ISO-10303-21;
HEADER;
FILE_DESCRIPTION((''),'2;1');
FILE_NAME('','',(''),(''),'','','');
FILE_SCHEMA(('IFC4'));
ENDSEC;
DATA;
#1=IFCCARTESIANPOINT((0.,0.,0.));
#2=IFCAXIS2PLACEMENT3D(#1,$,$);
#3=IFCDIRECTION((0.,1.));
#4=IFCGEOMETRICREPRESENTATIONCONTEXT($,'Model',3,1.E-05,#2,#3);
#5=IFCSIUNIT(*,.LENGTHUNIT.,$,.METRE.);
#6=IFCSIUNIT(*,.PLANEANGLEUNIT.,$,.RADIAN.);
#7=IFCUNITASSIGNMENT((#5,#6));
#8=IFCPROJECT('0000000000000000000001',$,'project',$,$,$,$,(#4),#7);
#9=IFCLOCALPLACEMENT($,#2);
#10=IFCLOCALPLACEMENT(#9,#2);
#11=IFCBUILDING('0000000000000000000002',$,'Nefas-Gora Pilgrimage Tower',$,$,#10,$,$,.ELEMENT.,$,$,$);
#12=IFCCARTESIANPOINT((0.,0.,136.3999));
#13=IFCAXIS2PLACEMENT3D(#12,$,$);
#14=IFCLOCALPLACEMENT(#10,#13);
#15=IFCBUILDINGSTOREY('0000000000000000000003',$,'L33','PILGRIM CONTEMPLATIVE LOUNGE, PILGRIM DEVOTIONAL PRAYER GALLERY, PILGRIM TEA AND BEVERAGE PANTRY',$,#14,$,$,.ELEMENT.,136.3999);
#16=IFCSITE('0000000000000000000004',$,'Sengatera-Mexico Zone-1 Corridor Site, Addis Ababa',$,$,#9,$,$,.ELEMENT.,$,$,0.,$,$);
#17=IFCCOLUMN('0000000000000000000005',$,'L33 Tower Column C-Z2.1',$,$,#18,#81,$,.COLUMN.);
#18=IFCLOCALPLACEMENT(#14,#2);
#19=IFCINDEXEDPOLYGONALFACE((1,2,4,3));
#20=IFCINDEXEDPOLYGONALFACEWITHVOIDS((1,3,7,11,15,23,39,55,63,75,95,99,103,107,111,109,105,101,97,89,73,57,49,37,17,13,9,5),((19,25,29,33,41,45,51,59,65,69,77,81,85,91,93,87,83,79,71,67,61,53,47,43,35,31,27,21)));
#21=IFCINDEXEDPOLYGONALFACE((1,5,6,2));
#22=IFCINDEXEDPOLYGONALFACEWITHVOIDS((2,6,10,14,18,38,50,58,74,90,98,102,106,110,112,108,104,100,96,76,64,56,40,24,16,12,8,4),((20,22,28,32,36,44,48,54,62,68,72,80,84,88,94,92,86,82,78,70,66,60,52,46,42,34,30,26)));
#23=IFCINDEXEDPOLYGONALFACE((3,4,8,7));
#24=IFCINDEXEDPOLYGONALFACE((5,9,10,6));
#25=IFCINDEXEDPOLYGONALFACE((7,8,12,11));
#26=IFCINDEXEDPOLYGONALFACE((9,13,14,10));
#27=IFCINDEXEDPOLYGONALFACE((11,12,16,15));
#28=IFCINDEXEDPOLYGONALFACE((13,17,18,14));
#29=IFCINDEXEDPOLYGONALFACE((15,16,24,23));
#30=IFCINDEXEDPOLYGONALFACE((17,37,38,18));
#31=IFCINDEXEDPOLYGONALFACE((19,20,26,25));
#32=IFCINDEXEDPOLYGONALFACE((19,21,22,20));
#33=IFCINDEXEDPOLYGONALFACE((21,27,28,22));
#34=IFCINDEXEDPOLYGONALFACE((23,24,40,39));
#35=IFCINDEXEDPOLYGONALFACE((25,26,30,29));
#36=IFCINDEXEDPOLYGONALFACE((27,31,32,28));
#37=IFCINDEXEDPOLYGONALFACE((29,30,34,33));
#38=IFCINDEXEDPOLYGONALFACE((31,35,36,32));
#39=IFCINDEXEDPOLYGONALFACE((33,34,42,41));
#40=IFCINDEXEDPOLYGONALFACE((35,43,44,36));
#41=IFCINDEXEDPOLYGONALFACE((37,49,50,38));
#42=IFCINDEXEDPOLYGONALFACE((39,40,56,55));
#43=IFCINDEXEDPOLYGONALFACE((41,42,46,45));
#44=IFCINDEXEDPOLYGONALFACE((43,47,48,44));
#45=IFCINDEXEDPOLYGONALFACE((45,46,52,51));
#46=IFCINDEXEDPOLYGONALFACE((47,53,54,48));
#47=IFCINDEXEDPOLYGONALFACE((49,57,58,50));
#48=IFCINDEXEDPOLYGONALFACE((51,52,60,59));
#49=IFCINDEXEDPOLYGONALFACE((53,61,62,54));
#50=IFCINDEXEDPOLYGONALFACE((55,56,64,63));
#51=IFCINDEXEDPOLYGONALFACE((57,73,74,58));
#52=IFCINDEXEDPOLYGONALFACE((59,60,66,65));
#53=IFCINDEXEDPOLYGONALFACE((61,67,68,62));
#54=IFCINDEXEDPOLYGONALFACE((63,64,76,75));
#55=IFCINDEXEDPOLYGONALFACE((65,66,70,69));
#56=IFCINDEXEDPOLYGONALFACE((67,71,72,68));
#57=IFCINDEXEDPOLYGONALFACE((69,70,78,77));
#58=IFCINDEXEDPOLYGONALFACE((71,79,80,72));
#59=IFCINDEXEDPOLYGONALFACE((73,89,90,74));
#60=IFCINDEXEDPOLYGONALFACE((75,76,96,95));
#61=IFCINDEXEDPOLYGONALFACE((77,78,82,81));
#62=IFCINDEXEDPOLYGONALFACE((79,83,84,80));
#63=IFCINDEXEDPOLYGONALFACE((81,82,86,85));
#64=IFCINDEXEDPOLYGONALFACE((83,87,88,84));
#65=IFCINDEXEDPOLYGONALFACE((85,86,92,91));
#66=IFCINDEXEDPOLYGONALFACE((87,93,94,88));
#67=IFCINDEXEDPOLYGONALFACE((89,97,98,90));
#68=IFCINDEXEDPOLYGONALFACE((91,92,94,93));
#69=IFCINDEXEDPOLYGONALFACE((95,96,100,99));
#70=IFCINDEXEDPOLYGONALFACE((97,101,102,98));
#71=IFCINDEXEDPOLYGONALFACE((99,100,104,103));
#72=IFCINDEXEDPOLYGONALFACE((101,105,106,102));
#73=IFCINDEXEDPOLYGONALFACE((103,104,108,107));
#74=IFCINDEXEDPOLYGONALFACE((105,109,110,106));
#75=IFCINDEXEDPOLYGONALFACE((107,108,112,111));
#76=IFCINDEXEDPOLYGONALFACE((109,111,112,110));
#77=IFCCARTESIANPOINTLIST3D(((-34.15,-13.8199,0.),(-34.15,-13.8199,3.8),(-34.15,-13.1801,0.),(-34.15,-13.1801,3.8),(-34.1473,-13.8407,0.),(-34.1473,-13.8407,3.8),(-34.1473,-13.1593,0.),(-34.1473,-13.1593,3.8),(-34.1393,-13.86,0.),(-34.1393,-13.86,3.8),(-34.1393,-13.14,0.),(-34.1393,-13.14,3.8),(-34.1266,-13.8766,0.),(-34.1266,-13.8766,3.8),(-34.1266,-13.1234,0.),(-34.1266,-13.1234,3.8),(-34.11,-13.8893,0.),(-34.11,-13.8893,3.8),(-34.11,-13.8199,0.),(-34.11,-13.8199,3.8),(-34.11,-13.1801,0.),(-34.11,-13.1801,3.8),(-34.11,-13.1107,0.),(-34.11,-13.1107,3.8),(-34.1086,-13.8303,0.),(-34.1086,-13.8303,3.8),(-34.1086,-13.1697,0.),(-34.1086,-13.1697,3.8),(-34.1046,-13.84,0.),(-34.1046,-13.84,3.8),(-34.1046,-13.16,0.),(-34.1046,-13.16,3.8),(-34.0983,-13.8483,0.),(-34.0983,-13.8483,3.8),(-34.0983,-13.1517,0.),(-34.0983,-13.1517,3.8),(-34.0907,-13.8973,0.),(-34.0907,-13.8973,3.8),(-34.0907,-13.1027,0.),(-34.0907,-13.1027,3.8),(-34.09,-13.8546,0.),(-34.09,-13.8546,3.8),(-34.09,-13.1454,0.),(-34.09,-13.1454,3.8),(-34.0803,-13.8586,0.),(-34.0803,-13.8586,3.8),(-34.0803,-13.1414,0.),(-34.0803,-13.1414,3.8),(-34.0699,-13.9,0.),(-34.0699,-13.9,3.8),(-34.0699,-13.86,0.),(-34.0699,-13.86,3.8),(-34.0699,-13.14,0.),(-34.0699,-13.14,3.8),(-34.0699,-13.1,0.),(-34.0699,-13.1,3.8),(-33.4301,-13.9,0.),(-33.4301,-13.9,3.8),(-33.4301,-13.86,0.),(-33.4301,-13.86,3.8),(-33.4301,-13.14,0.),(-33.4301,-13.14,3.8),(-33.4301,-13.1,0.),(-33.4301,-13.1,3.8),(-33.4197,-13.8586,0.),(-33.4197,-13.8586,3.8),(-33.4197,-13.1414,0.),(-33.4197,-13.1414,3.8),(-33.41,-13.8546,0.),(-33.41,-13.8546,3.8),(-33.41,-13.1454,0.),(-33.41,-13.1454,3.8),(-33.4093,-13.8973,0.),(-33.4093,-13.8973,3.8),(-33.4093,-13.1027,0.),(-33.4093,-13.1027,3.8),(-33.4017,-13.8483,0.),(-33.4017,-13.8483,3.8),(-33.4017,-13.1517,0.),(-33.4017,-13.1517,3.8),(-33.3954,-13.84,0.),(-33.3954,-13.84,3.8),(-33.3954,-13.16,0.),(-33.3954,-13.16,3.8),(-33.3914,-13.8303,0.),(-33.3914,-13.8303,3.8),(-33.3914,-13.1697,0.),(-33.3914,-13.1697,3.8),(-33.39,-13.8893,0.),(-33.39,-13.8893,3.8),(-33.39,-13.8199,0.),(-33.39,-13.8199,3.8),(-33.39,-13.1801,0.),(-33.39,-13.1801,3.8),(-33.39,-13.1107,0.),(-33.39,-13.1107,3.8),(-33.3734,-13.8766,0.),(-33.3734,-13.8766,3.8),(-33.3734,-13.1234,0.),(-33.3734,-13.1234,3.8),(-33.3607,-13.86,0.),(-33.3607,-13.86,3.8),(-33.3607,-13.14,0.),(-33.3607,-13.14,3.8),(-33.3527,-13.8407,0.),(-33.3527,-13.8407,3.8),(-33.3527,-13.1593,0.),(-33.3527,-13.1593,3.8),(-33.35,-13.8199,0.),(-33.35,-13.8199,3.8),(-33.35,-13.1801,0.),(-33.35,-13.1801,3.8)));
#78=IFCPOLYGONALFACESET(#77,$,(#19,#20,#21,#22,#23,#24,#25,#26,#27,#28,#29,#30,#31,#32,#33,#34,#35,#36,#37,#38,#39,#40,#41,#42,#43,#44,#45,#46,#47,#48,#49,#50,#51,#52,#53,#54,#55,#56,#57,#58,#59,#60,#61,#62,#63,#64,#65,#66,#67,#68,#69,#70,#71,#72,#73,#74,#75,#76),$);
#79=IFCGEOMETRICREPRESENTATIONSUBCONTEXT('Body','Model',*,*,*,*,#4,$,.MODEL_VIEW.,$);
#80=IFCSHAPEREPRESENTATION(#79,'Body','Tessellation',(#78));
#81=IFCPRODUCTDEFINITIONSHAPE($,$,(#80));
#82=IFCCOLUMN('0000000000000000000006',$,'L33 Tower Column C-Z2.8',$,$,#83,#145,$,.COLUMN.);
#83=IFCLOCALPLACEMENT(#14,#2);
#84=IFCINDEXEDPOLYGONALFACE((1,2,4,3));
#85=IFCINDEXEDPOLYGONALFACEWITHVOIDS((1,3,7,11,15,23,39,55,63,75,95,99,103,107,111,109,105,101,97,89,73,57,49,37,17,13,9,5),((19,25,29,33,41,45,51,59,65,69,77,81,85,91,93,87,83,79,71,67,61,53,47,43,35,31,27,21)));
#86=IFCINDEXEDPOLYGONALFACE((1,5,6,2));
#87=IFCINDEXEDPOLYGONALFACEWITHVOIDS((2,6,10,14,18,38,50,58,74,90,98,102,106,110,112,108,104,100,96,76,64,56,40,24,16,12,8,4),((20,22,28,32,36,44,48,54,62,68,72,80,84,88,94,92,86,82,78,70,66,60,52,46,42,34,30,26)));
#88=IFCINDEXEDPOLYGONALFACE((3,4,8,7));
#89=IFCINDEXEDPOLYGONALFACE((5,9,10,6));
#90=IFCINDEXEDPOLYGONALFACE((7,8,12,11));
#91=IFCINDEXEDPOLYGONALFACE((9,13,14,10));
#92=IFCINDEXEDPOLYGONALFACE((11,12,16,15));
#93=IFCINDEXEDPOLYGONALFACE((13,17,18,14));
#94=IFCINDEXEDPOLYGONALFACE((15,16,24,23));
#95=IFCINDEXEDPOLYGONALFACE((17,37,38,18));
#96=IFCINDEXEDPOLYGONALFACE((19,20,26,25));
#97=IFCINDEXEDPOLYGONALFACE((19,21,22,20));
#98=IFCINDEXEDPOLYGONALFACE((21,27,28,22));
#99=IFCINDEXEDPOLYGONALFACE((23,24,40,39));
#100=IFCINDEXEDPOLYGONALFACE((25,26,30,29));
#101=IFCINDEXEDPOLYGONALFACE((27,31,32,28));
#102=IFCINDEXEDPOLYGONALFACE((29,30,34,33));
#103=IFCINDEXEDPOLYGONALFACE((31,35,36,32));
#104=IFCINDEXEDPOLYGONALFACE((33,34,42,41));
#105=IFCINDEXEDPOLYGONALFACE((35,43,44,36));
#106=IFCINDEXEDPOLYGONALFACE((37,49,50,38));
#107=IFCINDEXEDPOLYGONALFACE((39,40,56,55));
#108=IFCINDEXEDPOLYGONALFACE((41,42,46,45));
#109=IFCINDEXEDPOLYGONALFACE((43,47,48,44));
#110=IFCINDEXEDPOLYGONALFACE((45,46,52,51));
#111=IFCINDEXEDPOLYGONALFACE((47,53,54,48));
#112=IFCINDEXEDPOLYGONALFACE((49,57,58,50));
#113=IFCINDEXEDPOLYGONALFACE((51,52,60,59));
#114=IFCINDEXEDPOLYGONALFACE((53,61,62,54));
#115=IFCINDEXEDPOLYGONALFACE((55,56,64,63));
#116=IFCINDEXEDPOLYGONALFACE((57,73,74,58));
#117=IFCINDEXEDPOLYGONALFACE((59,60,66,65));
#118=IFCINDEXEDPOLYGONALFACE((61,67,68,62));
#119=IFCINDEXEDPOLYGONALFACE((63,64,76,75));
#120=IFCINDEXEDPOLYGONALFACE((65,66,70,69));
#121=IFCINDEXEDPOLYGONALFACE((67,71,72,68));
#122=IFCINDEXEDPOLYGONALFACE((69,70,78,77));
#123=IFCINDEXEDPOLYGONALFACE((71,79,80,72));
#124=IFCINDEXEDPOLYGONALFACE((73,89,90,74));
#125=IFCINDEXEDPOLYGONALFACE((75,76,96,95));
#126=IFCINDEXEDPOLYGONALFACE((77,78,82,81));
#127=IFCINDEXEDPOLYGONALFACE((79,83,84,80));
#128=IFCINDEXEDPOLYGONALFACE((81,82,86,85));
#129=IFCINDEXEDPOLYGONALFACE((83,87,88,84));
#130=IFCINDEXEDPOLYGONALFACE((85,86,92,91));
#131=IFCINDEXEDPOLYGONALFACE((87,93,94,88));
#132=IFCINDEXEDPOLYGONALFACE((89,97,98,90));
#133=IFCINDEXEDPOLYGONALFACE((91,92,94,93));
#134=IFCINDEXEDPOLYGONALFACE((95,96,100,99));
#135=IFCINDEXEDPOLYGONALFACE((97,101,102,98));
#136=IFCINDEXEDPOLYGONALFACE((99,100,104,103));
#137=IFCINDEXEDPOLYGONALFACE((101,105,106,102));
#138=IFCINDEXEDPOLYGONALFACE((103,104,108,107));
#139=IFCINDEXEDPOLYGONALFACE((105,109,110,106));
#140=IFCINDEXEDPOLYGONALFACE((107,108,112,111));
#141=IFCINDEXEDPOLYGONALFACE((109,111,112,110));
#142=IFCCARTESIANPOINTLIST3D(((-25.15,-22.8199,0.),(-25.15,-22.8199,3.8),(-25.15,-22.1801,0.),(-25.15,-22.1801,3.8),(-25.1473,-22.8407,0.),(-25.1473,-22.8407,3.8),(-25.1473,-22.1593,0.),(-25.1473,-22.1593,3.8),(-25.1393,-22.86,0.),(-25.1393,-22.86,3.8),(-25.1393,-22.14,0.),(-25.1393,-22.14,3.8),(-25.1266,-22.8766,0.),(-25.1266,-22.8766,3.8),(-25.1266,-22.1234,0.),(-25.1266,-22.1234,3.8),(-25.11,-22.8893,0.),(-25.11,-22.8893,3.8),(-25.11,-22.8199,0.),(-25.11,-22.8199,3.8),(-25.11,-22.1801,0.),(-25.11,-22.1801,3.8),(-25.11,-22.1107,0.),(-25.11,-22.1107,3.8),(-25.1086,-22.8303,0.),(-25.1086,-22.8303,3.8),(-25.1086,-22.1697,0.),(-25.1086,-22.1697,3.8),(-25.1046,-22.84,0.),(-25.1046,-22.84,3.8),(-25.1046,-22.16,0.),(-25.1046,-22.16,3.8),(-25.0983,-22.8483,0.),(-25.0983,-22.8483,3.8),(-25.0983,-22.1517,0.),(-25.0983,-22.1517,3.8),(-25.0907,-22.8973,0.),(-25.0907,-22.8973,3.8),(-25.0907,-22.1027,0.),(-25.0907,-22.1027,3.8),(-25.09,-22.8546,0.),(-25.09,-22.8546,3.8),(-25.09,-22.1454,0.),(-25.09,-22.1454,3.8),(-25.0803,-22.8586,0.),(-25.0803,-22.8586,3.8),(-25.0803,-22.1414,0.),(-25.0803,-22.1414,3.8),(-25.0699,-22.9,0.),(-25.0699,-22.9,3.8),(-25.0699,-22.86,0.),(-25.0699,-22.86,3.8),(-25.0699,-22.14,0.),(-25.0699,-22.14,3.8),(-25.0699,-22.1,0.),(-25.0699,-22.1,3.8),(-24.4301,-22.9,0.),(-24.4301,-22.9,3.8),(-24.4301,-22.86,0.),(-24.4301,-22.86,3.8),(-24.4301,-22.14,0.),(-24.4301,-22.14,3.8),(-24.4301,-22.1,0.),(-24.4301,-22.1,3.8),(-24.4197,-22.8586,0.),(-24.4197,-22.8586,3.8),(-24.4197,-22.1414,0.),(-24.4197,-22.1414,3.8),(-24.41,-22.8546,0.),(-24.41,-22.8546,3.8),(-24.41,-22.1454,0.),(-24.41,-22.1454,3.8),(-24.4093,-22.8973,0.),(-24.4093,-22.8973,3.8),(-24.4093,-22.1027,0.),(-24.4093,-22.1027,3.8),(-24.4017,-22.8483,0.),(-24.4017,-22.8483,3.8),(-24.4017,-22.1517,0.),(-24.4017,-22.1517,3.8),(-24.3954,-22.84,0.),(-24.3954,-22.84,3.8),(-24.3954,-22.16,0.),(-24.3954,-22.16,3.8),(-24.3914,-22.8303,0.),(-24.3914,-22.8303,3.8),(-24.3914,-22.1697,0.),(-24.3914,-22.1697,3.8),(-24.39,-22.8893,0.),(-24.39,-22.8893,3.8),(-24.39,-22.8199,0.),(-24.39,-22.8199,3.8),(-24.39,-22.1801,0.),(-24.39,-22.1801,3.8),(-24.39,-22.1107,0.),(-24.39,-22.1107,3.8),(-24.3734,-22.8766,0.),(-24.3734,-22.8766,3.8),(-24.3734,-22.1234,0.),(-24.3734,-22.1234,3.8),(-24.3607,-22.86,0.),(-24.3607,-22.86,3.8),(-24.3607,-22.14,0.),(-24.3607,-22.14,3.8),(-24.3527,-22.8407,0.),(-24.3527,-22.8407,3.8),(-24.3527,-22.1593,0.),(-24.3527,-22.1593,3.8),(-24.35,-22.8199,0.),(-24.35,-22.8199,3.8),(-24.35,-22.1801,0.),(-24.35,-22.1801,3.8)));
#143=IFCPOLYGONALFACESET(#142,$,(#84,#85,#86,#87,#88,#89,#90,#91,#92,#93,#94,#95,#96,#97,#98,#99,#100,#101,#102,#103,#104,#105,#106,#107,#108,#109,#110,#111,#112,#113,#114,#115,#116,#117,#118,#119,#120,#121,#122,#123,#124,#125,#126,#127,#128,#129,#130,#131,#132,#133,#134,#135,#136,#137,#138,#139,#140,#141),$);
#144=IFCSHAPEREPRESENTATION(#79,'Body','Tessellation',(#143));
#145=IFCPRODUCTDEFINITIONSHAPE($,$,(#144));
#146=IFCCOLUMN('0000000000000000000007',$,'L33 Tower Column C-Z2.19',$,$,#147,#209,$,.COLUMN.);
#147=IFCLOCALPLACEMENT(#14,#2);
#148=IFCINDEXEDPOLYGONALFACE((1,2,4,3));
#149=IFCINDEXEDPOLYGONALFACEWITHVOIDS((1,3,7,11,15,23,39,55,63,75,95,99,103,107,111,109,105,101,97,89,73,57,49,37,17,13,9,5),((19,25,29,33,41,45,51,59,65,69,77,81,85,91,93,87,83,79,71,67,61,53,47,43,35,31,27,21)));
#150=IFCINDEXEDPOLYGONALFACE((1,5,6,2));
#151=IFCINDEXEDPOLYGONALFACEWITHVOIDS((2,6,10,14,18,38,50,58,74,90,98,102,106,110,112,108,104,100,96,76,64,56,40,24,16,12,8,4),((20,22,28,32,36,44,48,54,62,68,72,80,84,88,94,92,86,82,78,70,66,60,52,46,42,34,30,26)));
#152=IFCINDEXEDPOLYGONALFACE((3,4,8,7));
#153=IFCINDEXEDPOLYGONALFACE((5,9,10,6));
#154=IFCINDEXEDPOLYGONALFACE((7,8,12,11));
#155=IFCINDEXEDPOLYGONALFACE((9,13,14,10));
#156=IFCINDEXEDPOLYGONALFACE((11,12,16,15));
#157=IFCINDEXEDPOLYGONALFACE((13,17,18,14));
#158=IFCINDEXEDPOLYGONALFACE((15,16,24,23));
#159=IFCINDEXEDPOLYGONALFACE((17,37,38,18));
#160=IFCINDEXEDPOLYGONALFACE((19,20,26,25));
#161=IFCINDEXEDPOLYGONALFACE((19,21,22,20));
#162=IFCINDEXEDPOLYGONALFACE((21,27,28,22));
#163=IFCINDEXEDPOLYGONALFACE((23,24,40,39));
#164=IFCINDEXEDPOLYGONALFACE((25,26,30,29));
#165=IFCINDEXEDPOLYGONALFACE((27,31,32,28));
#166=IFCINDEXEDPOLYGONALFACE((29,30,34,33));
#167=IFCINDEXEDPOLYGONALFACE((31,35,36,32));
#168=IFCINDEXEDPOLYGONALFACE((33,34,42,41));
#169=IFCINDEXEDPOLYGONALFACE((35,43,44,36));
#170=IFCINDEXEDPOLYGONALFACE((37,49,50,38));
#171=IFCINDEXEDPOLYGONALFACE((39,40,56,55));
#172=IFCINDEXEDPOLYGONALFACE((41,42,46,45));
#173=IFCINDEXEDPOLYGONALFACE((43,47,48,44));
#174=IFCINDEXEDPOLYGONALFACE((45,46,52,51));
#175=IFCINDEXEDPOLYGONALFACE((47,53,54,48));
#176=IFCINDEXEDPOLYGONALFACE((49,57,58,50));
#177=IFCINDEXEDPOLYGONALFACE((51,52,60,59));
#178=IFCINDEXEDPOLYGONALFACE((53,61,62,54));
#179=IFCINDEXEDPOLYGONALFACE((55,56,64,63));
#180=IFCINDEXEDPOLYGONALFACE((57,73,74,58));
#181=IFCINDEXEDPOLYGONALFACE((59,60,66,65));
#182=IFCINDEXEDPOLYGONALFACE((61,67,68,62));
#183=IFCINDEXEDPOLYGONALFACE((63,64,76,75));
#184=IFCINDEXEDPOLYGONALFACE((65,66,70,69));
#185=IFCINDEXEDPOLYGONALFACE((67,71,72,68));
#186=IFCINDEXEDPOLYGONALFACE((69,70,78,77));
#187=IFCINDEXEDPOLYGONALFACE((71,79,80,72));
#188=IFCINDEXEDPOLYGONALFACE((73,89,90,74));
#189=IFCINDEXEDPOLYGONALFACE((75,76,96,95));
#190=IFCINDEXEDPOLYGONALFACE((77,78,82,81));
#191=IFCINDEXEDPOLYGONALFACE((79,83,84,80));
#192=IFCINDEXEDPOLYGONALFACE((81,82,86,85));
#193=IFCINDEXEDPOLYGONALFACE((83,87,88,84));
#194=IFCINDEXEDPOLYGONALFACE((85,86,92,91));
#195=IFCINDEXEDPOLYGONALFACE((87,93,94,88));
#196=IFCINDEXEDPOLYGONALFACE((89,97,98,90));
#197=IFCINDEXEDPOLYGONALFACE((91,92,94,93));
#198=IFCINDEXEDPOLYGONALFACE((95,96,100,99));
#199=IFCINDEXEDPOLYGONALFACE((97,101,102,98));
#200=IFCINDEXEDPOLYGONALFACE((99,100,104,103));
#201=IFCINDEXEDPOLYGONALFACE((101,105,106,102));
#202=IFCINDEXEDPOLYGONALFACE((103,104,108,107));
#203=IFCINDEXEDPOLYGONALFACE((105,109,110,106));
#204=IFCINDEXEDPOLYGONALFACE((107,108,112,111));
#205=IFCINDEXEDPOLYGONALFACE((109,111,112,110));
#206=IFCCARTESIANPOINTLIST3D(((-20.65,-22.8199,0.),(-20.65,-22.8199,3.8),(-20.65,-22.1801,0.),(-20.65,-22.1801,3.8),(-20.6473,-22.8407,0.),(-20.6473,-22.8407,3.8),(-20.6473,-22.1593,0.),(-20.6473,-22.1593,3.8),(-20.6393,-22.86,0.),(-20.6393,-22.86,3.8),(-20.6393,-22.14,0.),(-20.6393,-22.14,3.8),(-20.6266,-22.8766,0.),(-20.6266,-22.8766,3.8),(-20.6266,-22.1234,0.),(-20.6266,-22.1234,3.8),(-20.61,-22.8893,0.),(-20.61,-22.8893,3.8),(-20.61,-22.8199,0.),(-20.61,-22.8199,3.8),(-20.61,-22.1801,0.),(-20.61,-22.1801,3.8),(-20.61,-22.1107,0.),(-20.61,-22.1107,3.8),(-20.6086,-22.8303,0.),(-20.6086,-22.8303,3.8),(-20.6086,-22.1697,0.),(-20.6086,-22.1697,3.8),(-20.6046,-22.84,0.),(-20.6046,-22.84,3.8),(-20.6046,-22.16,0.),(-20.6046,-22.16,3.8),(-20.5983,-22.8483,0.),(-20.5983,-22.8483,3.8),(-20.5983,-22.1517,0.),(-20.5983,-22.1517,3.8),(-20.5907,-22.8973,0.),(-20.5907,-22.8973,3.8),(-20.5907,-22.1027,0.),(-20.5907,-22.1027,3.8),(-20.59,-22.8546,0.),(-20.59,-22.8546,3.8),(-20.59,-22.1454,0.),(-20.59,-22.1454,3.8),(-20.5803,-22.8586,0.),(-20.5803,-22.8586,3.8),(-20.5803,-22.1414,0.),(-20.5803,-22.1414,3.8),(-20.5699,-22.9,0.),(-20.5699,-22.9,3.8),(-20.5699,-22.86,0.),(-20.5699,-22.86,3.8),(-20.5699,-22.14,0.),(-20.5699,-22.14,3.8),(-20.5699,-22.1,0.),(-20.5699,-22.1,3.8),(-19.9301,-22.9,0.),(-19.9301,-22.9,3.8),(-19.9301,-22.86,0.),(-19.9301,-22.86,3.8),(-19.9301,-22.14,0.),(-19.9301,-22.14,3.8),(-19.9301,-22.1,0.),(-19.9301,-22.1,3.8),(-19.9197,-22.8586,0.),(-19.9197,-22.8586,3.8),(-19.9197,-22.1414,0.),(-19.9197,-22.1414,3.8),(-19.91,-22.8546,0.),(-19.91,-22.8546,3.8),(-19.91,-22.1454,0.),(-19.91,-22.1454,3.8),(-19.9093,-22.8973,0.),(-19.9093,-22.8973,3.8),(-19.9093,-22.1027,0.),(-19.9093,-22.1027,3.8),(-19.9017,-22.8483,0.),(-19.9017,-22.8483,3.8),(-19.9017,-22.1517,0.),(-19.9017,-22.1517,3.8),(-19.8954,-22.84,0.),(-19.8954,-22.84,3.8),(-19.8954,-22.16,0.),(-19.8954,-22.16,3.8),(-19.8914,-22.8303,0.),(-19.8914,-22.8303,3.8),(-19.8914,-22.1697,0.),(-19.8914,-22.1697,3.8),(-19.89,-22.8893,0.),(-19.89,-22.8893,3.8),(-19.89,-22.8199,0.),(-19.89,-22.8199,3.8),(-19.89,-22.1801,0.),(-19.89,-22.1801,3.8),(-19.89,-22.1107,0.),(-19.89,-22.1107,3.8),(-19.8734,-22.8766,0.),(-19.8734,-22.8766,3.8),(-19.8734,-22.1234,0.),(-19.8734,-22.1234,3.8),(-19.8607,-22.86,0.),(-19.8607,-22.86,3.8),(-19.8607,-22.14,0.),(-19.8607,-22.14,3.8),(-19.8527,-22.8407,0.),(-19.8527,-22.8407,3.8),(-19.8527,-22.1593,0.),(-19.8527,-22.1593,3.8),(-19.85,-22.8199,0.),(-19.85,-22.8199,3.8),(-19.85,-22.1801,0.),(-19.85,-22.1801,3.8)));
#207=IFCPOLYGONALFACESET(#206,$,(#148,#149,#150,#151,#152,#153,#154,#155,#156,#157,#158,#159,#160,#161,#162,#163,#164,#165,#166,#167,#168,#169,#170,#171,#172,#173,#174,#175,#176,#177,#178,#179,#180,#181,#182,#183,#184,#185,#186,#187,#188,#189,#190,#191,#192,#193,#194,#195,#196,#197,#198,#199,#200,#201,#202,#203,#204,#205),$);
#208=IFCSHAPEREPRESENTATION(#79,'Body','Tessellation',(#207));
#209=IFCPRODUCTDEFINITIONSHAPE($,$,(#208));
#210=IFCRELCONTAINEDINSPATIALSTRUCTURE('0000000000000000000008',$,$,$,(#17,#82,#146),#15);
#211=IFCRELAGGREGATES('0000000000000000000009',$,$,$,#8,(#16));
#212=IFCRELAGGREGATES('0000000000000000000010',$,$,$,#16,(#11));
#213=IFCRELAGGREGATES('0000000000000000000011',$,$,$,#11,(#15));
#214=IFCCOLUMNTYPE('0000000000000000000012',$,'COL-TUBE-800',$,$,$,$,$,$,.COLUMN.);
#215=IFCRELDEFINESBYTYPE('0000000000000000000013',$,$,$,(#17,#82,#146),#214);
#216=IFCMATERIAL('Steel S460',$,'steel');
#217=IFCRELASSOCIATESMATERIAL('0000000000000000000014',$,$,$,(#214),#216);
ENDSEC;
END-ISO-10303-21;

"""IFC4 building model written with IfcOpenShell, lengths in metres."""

from ifc_helpers import new_model, si_unit, direction, frame, origin, origin_2d, place, context, subcontext, project, spatial, hollow_rectangle, extrude, source, transform, mapped, material, material_profile, profile_set, type_object, element, save


model = new_model("IFC4")

# Units and contexts
model_context = context("Model", 3, precision=1e-05, world=origin(), true_north=direction((0.0, 1.0)))
body_context = subcontext(model_context, "Body", "Model", "MODEL_VIEW")
ifc_project = project(units=[si_unit("LENGTHUNIT", "METRE"), si_unit("PLANEANGLEUNIT", "RADIAN")], contexts=[model_context])

# Site, building, storey
site_placement = place(None, origin())
site = spatial("IfcSite", under=ifc_project, at=site_placement, Name="Sengatera-Mexico Zone-1 Corridor Site, Addis Ababa", CompositionType="ELEMENT", RefElevation=0.0)
building_placement = place(site_placement, origin())
building = spatial("IfcBuilding", under=site, at=building_placement, Name="Nefas-Gora Pilgrimage Tower", CompositionType="ELEMENT")
storey_placement = place(building_placement, frame((0.0, 0.0, 136.3999)))
storey = spatial("IfcBuildingStorey", under=building, at=storey_placement, Name="L33", Description="PILGRIM CONTEMPLATIVE LOUNGE, PILGRIM DEVOTIONAL PRAYER GALLERY, PILGRIM TEA AND BEVERAGE PANTRY", CompositionType="ELEMENT", Elevation=136.3999)

# Columns
ifc_material_1 = material(Name="Steel S460", Category="steel")
ifc_material_profile_1 = material_profile(ifc_material_1, hollow_rectangle(XDim=0.8, YDim=0.8, WallThickness=0.04, InnerFilletRadius=0.04, OuterFilletRadius=0.0801, at=origin_2d()), Name="BOX 800x800x40")
ifc_profile_set_1 = profile_set([ifc_material_profile_1], Name="Steel S460")
column_type_1 = type_object("IfcColumnType", Name="COL-TUBE-800", PredefinedType="COLUMN", material=ifc_profile_set_1)
shared_shape_1 = source(origin(), body_context, "Body", "SweptSolid", [
    extrude(hollow_rectangle(XDim=0.8, YDim=0.8, WallThickness=0.04, InnerFilletRadius=0.04, OuterFilletRadius=0.0801, at=origin_2d()), origin(), (0.0, 0.0, 1.0), 3.8),
])
for number, where, z_axis, x_axis, name in (
    (1, (-33.75, -13.5, 0.0), (0.0, 0.0, 1.0), (1.0, 0.0, 0.0), "L33 Tower Column C-Z2.1"),
    (2, (-24.75, -22.5, 0.0), (0.0, 0.0, 1.0), (1.0, 0.0, 0.0), "L33 Tower Column C-Z2.8"),
    (3, (-20.25, -22.5, 0.0), (0.0, 0.0, 1.0), (1.0, 0.0, 0.0), "L33 Tower Column C-Z2.19"),
):
    element("IfcColumn", number, at=place(storey_placement, frame(where, z_axis=z_axis, x_axis=x_axis)), inside=storey, type_object=column_type_1, Name=name, PredefinedType="COLUMN", context=body_context, shape_type="MappedRepresentation", body=[
        mapped(shared_shape_1, transform((0.0, 0.0, 0.0), x_axis=(1.0, 0.0, 0.0), y_axis=(0.0, 1.0, 0.0), z_axis=(0.0, 0.0, 1.0), scale=1.0)),
    ])

save(model, "model.ifc")
